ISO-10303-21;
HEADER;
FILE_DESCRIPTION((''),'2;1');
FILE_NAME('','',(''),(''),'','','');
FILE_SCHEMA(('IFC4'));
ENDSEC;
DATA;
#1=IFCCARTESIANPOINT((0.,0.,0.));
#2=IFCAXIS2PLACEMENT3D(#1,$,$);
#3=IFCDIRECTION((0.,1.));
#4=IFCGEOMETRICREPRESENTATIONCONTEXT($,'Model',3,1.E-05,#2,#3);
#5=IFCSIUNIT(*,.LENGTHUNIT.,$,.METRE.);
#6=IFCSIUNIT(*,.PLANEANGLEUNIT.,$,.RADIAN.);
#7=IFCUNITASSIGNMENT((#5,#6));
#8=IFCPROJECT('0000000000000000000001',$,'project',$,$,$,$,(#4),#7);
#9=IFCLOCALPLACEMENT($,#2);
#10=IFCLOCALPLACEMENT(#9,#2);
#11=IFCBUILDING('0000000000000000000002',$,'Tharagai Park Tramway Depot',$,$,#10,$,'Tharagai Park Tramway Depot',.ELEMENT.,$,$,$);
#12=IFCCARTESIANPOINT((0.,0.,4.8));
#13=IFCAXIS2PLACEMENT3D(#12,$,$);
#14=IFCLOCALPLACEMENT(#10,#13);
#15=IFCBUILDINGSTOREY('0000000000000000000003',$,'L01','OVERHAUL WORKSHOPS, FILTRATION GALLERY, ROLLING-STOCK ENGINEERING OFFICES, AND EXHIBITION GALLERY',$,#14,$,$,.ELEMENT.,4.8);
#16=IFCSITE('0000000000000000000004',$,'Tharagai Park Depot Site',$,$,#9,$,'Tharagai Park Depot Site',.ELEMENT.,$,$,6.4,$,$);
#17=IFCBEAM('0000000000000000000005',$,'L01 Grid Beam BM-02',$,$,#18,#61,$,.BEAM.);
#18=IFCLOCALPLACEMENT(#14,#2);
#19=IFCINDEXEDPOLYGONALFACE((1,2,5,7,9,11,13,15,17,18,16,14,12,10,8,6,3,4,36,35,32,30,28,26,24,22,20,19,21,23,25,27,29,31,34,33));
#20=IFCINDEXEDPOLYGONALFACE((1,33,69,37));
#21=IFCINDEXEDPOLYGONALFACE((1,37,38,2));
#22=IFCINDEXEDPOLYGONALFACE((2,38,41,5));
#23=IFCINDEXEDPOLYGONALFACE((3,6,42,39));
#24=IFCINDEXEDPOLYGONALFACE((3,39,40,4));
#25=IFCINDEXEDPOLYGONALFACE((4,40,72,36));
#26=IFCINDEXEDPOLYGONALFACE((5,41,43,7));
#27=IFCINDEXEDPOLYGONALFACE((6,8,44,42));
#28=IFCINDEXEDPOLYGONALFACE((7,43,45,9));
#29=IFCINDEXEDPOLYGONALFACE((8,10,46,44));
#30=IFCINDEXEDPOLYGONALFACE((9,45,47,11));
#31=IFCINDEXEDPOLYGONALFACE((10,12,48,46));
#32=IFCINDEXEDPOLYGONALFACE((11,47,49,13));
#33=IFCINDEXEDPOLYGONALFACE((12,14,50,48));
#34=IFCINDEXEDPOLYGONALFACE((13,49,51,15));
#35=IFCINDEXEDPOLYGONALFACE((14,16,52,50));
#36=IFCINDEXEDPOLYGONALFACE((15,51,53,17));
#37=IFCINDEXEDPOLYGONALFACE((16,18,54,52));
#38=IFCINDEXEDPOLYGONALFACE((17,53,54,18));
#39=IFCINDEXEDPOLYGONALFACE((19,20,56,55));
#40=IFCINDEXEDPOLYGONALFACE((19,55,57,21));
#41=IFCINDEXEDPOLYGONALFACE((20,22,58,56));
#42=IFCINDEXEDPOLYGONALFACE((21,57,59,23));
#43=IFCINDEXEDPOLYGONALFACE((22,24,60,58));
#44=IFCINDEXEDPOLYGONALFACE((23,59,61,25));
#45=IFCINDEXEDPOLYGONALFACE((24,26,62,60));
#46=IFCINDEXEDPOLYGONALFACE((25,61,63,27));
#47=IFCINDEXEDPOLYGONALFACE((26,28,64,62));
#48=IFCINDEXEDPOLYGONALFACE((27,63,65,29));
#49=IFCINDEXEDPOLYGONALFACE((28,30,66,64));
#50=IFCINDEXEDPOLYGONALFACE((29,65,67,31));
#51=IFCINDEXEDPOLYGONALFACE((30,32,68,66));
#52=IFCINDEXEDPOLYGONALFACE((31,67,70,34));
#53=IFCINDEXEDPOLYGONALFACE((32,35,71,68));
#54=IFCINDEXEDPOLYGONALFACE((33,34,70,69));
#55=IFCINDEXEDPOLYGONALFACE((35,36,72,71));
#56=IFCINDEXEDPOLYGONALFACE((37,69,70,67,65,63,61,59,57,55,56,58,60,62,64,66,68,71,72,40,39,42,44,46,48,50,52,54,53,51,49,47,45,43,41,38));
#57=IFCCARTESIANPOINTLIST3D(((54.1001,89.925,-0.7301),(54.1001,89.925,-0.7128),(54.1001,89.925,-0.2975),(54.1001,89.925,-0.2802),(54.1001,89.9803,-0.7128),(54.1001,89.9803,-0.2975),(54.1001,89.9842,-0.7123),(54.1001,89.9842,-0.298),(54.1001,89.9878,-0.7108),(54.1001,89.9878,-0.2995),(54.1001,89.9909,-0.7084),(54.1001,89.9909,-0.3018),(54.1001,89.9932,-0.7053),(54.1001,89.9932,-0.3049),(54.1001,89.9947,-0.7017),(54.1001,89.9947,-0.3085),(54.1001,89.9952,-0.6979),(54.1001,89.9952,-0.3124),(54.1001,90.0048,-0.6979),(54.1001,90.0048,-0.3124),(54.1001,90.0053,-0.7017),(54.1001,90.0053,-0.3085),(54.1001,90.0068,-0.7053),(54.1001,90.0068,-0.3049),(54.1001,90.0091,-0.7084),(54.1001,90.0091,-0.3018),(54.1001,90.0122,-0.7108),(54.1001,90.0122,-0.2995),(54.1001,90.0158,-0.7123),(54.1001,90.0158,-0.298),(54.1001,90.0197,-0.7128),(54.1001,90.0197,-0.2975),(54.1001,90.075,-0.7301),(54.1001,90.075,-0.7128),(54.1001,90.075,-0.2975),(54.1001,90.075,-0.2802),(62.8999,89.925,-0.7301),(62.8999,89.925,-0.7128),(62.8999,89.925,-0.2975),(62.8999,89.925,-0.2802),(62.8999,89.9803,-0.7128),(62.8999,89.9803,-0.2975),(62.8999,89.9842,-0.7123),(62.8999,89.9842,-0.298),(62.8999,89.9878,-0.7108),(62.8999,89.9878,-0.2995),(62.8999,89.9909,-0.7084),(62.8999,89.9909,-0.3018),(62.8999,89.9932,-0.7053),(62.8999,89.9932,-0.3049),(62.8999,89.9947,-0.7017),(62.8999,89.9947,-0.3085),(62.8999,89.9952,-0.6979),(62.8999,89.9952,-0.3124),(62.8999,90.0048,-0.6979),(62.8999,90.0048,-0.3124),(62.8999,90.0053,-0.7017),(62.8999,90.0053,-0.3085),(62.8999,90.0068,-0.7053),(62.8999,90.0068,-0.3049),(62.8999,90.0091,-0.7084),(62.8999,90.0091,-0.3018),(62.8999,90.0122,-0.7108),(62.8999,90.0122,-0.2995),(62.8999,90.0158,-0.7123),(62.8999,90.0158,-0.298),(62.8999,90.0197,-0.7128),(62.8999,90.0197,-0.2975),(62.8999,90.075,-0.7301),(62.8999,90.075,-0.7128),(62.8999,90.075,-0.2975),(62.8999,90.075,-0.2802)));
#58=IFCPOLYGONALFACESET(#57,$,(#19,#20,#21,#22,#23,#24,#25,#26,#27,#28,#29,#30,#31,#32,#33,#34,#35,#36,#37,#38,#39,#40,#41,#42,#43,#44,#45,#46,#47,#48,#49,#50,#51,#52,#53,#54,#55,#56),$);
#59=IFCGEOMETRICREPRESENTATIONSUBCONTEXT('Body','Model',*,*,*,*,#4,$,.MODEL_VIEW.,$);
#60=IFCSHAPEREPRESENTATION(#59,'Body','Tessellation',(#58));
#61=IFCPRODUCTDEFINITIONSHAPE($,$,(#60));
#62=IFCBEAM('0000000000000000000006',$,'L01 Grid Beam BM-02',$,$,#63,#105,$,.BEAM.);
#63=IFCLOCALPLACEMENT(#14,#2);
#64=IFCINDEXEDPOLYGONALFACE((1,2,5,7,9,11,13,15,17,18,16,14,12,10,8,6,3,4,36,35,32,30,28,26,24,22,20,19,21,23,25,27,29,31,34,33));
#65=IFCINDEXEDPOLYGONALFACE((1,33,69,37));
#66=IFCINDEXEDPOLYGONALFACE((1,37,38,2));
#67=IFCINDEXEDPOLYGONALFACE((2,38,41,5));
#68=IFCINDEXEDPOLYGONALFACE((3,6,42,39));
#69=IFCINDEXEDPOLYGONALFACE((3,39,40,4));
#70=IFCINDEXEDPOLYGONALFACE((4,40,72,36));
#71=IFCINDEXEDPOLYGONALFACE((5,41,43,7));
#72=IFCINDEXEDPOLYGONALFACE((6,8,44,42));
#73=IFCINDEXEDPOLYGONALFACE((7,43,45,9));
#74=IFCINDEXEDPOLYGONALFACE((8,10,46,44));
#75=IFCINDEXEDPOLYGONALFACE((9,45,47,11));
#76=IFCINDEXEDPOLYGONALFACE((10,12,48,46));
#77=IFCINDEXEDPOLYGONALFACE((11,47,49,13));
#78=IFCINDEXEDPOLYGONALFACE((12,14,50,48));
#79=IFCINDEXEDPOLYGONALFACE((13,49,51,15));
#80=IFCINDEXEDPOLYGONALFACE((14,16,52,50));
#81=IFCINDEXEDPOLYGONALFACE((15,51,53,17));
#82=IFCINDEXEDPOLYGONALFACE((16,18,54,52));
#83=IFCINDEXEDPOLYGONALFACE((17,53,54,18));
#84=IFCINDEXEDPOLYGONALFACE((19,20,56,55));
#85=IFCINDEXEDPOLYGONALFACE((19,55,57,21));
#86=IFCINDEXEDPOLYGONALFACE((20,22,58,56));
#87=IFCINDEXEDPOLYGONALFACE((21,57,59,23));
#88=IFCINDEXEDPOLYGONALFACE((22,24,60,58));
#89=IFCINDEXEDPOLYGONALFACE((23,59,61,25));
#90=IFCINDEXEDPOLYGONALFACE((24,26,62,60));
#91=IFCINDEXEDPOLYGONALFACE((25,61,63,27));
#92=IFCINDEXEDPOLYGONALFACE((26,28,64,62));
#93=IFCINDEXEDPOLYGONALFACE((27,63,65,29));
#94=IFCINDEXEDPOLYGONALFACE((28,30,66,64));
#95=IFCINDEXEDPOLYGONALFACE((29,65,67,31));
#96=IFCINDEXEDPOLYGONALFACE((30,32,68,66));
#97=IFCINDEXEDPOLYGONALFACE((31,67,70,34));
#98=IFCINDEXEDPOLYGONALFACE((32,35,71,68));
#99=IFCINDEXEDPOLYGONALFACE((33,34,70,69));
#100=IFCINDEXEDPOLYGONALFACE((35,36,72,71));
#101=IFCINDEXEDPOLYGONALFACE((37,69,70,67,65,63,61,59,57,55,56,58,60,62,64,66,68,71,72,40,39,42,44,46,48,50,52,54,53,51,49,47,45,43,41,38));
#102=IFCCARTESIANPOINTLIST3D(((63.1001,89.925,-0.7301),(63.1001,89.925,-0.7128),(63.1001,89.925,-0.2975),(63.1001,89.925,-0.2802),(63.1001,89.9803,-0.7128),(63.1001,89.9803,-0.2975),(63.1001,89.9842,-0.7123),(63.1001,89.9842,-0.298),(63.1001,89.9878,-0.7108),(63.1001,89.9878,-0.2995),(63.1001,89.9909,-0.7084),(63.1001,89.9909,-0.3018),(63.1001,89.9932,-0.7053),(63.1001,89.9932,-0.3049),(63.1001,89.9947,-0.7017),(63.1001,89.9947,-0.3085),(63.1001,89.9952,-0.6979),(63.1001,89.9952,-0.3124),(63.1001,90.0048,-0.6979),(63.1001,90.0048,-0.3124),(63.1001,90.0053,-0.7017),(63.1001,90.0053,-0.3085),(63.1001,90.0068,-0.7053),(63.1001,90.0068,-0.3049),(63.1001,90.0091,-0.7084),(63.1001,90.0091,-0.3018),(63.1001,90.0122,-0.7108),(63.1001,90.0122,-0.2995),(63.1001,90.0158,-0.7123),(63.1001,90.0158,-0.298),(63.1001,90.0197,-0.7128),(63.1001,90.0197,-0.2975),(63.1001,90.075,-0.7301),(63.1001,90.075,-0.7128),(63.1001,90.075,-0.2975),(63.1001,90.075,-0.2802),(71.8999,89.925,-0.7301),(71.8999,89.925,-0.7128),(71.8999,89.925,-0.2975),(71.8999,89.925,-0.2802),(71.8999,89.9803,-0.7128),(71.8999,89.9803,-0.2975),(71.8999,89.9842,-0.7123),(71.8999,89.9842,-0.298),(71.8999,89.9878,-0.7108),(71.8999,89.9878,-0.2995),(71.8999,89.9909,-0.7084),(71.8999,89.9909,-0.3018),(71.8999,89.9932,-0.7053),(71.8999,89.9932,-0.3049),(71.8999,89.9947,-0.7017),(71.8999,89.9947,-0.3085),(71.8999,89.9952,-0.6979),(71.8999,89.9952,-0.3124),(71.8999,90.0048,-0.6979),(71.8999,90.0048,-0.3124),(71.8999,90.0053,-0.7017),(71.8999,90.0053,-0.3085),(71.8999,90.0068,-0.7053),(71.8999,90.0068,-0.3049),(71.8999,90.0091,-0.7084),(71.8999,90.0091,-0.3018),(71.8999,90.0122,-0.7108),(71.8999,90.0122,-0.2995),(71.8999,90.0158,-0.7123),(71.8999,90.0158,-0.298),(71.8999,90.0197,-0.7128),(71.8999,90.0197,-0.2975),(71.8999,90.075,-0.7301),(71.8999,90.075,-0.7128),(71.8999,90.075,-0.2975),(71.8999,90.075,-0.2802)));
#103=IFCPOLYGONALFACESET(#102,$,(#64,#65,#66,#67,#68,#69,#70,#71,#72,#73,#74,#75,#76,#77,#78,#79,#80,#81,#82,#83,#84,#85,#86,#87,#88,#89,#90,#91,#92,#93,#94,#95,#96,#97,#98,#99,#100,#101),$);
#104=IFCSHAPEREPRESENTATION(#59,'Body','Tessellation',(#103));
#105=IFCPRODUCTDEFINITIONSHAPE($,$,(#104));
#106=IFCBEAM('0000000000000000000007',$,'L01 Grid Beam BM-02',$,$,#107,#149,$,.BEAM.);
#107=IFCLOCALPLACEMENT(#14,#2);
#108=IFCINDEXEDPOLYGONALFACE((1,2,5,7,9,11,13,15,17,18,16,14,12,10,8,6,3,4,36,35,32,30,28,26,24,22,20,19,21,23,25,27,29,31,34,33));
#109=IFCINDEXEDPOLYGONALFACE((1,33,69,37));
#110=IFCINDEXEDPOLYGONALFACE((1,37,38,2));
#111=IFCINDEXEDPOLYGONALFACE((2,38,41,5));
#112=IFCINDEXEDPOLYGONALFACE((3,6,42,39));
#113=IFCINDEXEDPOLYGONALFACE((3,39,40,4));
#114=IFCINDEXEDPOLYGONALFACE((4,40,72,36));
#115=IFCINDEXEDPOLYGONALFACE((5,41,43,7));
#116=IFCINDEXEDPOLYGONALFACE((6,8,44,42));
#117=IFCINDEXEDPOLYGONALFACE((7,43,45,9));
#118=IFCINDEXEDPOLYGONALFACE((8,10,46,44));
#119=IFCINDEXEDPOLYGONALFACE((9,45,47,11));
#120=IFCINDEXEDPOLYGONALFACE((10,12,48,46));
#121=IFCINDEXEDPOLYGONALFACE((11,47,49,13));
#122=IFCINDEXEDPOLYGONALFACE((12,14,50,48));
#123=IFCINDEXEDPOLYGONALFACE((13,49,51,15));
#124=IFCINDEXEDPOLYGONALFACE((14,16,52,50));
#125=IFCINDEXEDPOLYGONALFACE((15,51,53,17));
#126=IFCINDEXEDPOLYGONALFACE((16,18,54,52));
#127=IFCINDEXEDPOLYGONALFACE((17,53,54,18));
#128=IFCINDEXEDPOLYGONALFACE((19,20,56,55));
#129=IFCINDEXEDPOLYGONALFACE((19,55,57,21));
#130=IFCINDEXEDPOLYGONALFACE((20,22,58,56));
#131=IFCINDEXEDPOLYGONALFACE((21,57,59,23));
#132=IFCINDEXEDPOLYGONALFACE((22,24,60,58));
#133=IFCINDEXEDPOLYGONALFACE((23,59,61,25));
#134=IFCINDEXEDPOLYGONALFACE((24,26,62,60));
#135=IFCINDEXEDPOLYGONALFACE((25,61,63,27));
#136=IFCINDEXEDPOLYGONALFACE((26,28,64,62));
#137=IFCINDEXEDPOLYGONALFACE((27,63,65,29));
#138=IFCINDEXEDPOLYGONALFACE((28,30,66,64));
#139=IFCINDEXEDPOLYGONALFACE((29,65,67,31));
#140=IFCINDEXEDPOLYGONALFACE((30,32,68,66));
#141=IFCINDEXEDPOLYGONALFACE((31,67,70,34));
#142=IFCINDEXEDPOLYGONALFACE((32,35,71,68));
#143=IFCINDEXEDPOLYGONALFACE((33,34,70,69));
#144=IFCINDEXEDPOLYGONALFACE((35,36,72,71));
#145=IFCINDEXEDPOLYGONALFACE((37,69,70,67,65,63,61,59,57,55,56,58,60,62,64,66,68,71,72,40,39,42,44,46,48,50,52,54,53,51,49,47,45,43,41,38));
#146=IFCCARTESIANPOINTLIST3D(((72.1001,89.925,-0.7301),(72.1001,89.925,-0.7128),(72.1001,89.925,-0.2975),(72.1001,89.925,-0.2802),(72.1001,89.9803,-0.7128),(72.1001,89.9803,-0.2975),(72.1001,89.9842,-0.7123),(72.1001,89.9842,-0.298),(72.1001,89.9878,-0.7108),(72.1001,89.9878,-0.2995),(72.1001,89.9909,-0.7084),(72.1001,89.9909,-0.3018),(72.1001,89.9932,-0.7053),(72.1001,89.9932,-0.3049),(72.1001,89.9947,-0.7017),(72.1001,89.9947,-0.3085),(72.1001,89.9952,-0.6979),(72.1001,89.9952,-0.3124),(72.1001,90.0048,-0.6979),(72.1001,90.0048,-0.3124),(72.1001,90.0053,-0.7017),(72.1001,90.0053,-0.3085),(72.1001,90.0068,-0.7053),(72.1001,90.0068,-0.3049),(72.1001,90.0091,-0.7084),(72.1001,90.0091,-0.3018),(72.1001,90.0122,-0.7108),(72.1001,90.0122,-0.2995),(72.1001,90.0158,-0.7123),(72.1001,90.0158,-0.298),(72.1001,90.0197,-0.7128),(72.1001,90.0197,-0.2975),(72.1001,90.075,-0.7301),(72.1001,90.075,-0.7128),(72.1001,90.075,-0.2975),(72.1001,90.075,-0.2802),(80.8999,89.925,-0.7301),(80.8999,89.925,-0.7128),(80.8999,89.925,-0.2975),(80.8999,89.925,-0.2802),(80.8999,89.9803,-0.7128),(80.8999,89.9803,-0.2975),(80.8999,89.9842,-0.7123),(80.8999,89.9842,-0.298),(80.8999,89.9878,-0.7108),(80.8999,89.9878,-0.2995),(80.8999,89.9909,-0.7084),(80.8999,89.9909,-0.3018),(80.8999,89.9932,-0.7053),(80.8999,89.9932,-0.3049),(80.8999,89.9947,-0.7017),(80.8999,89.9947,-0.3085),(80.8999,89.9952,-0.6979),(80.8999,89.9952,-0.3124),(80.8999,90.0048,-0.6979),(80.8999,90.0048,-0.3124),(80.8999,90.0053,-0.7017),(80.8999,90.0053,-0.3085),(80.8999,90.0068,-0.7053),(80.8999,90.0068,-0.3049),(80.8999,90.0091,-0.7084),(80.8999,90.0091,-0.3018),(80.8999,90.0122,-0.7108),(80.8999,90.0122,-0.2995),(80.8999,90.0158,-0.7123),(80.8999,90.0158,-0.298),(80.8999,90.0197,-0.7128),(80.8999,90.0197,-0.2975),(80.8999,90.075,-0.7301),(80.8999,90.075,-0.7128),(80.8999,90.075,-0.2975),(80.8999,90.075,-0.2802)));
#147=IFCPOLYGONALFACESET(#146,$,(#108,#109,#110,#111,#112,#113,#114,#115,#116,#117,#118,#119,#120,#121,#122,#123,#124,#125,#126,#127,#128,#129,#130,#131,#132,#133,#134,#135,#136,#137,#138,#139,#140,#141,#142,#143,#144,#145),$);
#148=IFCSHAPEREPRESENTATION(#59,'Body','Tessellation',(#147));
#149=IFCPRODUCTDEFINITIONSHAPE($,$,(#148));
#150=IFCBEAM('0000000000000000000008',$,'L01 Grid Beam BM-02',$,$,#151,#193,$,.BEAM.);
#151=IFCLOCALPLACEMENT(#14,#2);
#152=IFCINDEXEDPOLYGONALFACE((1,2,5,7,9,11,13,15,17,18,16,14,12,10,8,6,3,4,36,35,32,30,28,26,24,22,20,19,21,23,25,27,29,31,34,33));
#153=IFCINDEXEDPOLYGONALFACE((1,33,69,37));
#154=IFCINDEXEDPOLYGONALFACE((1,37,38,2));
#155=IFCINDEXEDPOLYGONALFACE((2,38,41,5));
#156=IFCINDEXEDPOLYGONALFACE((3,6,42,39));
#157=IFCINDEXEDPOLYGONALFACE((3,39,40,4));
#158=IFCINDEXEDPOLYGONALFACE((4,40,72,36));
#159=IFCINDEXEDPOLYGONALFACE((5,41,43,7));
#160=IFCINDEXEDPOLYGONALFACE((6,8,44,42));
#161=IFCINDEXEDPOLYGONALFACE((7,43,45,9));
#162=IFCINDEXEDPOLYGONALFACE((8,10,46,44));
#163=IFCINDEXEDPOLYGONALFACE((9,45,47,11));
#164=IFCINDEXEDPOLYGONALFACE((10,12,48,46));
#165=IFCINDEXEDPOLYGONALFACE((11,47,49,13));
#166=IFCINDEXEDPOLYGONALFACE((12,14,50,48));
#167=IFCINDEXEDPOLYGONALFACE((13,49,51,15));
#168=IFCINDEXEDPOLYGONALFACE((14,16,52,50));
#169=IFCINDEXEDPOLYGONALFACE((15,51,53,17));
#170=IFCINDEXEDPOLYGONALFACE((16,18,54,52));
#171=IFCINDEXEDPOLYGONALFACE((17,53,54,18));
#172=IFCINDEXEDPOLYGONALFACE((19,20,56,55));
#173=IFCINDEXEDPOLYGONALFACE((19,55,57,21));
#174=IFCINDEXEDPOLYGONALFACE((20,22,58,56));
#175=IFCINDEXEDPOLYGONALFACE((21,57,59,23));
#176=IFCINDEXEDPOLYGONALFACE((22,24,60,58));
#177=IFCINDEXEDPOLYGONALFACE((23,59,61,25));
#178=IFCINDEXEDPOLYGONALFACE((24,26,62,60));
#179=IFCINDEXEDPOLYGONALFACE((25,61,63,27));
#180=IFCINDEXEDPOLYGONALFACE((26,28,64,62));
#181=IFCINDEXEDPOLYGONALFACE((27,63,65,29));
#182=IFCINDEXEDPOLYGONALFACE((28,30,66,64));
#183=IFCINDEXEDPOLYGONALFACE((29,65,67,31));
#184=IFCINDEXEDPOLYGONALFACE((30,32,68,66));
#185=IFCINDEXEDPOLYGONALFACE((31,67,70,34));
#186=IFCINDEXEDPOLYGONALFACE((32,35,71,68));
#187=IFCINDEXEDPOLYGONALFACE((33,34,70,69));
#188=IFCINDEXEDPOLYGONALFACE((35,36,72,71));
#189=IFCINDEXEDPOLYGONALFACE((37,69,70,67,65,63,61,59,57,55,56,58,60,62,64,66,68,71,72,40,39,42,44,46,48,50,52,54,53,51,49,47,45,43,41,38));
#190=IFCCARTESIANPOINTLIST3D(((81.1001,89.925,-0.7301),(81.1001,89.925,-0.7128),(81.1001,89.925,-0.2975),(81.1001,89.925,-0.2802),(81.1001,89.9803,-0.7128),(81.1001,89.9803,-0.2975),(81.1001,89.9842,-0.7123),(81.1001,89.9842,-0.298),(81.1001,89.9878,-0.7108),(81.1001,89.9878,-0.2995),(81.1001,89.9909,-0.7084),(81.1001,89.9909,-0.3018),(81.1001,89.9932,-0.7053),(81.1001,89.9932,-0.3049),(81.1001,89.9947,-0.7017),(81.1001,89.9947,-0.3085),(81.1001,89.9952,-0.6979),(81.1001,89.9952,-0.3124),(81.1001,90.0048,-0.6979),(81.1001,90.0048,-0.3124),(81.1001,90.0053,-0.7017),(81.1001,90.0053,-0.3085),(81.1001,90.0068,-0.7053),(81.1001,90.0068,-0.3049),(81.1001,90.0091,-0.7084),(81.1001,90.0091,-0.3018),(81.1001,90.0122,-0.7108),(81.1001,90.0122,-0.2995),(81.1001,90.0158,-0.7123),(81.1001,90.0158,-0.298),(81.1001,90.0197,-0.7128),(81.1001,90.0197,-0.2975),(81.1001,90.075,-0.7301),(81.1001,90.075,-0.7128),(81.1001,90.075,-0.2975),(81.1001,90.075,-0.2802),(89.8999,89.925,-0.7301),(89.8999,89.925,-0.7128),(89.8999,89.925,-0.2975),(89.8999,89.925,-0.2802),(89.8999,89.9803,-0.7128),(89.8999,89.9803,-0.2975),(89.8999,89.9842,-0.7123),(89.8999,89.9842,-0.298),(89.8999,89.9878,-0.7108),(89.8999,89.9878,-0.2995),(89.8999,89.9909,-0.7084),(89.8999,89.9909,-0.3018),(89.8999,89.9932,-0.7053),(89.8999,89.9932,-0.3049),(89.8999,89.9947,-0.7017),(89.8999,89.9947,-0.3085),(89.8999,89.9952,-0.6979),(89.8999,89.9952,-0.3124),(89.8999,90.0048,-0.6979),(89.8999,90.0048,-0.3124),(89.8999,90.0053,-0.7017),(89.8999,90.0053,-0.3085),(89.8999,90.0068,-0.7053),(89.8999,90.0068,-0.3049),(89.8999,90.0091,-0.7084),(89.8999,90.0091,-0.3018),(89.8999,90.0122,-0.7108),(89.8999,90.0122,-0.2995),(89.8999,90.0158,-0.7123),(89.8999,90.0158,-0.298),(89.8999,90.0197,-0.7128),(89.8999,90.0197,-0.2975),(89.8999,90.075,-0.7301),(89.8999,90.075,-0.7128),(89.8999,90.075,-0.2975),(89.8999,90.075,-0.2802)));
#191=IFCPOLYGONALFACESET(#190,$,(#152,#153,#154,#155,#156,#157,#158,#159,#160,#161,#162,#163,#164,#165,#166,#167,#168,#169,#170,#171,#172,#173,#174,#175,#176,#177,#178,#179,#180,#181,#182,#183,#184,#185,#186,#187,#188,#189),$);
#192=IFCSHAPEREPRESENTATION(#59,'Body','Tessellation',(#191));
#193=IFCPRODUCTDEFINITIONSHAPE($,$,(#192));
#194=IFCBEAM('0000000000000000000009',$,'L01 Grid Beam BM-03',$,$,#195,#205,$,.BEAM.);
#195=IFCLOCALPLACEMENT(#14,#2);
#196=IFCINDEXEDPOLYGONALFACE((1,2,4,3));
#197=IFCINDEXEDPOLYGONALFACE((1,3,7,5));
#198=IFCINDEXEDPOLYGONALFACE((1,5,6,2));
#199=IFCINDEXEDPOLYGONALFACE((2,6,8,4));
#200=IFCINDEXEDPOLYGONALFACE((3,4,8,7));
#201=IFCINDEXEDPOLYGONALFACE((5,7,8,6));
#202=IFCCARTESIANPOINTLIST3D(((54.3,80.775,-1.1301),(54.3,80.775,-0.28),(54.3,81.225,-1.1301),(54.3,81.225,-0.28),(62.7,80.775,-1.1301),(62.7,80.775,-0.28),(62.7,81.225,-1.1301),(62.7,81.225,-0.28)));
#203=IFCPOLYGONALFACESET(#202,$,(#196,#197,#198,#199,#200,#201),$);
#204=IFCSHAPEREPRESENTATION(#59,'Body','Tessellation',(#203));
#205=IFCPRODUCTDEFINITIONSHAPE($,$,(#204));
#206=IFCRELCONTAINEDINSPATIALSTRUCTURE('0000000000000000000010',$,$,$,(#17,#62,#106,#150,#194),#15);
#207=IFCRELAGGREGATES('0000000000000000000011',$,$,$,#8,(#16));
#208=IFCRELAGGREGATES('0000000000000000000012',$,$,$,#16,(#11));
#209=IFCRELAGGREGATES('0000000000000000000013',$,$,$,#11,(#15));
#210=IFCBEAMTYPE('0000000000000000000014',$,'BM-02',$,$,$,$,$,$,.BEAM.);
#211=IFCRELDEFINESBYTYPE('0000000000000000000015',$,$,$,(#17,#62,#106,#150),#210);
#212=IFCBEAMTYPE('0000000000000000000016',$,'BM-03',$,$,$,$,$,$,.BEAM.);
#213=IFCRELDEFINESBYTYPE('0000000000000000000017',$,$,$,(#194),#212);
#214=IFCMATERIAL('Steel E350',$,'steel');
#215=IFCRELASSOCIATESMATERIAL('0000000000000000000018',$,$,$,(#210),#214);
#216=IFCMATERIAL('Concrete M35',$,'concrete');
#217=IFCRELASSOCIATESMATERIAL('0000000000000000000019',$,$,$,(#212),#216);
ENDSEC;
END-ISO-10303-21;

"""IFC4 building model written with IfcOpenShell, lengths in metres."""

from ifc_helpers import new_model, si_unit, direction, frame, origin, origin_2d, place, context, subcontext, project, spatial, rectangle, i_section, extrude, material, material_profile, profile_set, type_object, element, save


model = new_model("IFC4")

# Units and contexts
model_context = context("Model", 3, precision=1e-05, world=origin(), true_north=direction((0.0, 1.0)))
body_context = subcontext(model_context, "Body", "Model", "MODEL_VIEW")
ifc_project = project(units=[si_unit("LENGTHUNIT", "METRE"), si_unit("PLANEANGLEUNIT", "RADIAN")], contexts=[model_context])

# Site, building, storey
site_placement = place(None, origin())
site = spatial("IfcSite", under=ifc_project, at=site_placement, Name="Tharagai Park Depot Site", LongName="Tharagai Park Depot Site", CompositionType="ELEMENT", RefElevation=6.4)
building_placement = place(site_placement, origin())
building = spatial("IfcBuilding", under=site, at=building_placement, Name="Tharagai Park Tramway Depot", LongName="Tharagai Park Tramway Depot", CompositionType="ELEMENT")
storey_placement = place(building_placement, frame((0.0, 0.0, 4.8)))
storey = spatial("IfcBuildingStorey", under=building, at=storey_placement, Name="L01", Description="OVERHAUL WORKSHOPS, FILTRATION GALLERY, ROLLING-STOCK ENGINEERING OFFICES, AND EXHIBITION GALLERY", CompositionType="ELEMENT", Elevation=4.8)

# Shared definitions
ifc_material_1 = material(Name="Steel E350", Category="steel")

# Beams
ifc_material_profile_1 = material_profile(ifc_material_1, i_section(OverallWidth=0.1499, OverallDepth=0.45, WebThickness=0.0095, FlangeThickness=0.0173, FilletRadius=0.0149, at=origin_2d()), Name="ISMB 450")
ifc_profile_set_1 = profile_set([ifc_material_profile_1], Name="Steel E350")
beam_type_1 = type_object("IfcBeamType", Name="BM-02", PredefinedType="BEAM", material=ifc_profile_set_1)
for number, where, z_axis, x_axis, name in (
    (1, (54.1001, 90.0, -0.5051), (1.0, 0.0, 0.0), (0.0, 1.0, 0.0), "L01 Grid Beam BM-02"),
    (2, (63.1001, 90.0, -0.5051), (1.0, 0.0, 0.0), (0.0, 1.0, 0.0), "L01 Grid Beam BM-02"),
    (3, (72.1001, 90.0, -0.5051), (1.0, 0.0, 0.0), (0.0, 1.0, 0.0), "L01 Grid Beam BM-02"),
    (4, (81.1001, 90.0, -0.5051), (1.0, 0.0, 0.0), (0.0, 1.0, 0.0), "L01 Grid Beam BM-02"),
):
    element("IfcBeam", number, at=place(storey_placement, frame(where, z_axis=z_axis, x_axis=x_axis)), inside=storey, type_object=beam_type_1, Name=name, PredefinedType="BEAM", context=body_context, shape_type="SweptSolid", body=[
        extrude(i_section(OverallWidth=0.1499, OverallDepth=0.45, WebThickness=0.0095, FlangeThickness=0.0173, FilletRadius=0.0149, at=origin_2d()), origin(), (0.0, 0.0, 1.0), 8.7998),
    ])
ifc_material_2 = material(Name="Concrete M35", Category="concrete")
ifc_material_profile_2 = material_profile(ifc_material_2, rectangle(XDim=0.45, YDim=0.8501, at=origin_2d()), Name="RC 450x850")
ifc_profile_set_2 = profile_set([ifc_material_profile_2], Name="Concrete M35")
beam_type_2 = type_object("IfcBeamType", Name="BM-03", PredefinedType="BEAM", material=ifc_profile_set_2)
for number, where, z_axis, x_axis, name in (
    (5, (54.3, 81.0, -0.7051), (1.0, 0.0, 0.0), (0.0, 1.0, 0.0), "L01 Grid Beam BM-03"),
):
    element("IfcBeam", number, at=place(storey_placement, frame(where, z_axis=z_axis, x_axis=x_axis)), inside=storey, type_object=beam_type_2, Name=name, PredefinedType="BEAM", context=body_context, shape_type="SweptSolid", body=[
        extrude(rectangle(XDim=0.45, YDim=0.8501, at=origin_2d()), origin(), (0.0, 0.0, 1.0), 8.3999),
    ])

save(model, "model.ifc")
